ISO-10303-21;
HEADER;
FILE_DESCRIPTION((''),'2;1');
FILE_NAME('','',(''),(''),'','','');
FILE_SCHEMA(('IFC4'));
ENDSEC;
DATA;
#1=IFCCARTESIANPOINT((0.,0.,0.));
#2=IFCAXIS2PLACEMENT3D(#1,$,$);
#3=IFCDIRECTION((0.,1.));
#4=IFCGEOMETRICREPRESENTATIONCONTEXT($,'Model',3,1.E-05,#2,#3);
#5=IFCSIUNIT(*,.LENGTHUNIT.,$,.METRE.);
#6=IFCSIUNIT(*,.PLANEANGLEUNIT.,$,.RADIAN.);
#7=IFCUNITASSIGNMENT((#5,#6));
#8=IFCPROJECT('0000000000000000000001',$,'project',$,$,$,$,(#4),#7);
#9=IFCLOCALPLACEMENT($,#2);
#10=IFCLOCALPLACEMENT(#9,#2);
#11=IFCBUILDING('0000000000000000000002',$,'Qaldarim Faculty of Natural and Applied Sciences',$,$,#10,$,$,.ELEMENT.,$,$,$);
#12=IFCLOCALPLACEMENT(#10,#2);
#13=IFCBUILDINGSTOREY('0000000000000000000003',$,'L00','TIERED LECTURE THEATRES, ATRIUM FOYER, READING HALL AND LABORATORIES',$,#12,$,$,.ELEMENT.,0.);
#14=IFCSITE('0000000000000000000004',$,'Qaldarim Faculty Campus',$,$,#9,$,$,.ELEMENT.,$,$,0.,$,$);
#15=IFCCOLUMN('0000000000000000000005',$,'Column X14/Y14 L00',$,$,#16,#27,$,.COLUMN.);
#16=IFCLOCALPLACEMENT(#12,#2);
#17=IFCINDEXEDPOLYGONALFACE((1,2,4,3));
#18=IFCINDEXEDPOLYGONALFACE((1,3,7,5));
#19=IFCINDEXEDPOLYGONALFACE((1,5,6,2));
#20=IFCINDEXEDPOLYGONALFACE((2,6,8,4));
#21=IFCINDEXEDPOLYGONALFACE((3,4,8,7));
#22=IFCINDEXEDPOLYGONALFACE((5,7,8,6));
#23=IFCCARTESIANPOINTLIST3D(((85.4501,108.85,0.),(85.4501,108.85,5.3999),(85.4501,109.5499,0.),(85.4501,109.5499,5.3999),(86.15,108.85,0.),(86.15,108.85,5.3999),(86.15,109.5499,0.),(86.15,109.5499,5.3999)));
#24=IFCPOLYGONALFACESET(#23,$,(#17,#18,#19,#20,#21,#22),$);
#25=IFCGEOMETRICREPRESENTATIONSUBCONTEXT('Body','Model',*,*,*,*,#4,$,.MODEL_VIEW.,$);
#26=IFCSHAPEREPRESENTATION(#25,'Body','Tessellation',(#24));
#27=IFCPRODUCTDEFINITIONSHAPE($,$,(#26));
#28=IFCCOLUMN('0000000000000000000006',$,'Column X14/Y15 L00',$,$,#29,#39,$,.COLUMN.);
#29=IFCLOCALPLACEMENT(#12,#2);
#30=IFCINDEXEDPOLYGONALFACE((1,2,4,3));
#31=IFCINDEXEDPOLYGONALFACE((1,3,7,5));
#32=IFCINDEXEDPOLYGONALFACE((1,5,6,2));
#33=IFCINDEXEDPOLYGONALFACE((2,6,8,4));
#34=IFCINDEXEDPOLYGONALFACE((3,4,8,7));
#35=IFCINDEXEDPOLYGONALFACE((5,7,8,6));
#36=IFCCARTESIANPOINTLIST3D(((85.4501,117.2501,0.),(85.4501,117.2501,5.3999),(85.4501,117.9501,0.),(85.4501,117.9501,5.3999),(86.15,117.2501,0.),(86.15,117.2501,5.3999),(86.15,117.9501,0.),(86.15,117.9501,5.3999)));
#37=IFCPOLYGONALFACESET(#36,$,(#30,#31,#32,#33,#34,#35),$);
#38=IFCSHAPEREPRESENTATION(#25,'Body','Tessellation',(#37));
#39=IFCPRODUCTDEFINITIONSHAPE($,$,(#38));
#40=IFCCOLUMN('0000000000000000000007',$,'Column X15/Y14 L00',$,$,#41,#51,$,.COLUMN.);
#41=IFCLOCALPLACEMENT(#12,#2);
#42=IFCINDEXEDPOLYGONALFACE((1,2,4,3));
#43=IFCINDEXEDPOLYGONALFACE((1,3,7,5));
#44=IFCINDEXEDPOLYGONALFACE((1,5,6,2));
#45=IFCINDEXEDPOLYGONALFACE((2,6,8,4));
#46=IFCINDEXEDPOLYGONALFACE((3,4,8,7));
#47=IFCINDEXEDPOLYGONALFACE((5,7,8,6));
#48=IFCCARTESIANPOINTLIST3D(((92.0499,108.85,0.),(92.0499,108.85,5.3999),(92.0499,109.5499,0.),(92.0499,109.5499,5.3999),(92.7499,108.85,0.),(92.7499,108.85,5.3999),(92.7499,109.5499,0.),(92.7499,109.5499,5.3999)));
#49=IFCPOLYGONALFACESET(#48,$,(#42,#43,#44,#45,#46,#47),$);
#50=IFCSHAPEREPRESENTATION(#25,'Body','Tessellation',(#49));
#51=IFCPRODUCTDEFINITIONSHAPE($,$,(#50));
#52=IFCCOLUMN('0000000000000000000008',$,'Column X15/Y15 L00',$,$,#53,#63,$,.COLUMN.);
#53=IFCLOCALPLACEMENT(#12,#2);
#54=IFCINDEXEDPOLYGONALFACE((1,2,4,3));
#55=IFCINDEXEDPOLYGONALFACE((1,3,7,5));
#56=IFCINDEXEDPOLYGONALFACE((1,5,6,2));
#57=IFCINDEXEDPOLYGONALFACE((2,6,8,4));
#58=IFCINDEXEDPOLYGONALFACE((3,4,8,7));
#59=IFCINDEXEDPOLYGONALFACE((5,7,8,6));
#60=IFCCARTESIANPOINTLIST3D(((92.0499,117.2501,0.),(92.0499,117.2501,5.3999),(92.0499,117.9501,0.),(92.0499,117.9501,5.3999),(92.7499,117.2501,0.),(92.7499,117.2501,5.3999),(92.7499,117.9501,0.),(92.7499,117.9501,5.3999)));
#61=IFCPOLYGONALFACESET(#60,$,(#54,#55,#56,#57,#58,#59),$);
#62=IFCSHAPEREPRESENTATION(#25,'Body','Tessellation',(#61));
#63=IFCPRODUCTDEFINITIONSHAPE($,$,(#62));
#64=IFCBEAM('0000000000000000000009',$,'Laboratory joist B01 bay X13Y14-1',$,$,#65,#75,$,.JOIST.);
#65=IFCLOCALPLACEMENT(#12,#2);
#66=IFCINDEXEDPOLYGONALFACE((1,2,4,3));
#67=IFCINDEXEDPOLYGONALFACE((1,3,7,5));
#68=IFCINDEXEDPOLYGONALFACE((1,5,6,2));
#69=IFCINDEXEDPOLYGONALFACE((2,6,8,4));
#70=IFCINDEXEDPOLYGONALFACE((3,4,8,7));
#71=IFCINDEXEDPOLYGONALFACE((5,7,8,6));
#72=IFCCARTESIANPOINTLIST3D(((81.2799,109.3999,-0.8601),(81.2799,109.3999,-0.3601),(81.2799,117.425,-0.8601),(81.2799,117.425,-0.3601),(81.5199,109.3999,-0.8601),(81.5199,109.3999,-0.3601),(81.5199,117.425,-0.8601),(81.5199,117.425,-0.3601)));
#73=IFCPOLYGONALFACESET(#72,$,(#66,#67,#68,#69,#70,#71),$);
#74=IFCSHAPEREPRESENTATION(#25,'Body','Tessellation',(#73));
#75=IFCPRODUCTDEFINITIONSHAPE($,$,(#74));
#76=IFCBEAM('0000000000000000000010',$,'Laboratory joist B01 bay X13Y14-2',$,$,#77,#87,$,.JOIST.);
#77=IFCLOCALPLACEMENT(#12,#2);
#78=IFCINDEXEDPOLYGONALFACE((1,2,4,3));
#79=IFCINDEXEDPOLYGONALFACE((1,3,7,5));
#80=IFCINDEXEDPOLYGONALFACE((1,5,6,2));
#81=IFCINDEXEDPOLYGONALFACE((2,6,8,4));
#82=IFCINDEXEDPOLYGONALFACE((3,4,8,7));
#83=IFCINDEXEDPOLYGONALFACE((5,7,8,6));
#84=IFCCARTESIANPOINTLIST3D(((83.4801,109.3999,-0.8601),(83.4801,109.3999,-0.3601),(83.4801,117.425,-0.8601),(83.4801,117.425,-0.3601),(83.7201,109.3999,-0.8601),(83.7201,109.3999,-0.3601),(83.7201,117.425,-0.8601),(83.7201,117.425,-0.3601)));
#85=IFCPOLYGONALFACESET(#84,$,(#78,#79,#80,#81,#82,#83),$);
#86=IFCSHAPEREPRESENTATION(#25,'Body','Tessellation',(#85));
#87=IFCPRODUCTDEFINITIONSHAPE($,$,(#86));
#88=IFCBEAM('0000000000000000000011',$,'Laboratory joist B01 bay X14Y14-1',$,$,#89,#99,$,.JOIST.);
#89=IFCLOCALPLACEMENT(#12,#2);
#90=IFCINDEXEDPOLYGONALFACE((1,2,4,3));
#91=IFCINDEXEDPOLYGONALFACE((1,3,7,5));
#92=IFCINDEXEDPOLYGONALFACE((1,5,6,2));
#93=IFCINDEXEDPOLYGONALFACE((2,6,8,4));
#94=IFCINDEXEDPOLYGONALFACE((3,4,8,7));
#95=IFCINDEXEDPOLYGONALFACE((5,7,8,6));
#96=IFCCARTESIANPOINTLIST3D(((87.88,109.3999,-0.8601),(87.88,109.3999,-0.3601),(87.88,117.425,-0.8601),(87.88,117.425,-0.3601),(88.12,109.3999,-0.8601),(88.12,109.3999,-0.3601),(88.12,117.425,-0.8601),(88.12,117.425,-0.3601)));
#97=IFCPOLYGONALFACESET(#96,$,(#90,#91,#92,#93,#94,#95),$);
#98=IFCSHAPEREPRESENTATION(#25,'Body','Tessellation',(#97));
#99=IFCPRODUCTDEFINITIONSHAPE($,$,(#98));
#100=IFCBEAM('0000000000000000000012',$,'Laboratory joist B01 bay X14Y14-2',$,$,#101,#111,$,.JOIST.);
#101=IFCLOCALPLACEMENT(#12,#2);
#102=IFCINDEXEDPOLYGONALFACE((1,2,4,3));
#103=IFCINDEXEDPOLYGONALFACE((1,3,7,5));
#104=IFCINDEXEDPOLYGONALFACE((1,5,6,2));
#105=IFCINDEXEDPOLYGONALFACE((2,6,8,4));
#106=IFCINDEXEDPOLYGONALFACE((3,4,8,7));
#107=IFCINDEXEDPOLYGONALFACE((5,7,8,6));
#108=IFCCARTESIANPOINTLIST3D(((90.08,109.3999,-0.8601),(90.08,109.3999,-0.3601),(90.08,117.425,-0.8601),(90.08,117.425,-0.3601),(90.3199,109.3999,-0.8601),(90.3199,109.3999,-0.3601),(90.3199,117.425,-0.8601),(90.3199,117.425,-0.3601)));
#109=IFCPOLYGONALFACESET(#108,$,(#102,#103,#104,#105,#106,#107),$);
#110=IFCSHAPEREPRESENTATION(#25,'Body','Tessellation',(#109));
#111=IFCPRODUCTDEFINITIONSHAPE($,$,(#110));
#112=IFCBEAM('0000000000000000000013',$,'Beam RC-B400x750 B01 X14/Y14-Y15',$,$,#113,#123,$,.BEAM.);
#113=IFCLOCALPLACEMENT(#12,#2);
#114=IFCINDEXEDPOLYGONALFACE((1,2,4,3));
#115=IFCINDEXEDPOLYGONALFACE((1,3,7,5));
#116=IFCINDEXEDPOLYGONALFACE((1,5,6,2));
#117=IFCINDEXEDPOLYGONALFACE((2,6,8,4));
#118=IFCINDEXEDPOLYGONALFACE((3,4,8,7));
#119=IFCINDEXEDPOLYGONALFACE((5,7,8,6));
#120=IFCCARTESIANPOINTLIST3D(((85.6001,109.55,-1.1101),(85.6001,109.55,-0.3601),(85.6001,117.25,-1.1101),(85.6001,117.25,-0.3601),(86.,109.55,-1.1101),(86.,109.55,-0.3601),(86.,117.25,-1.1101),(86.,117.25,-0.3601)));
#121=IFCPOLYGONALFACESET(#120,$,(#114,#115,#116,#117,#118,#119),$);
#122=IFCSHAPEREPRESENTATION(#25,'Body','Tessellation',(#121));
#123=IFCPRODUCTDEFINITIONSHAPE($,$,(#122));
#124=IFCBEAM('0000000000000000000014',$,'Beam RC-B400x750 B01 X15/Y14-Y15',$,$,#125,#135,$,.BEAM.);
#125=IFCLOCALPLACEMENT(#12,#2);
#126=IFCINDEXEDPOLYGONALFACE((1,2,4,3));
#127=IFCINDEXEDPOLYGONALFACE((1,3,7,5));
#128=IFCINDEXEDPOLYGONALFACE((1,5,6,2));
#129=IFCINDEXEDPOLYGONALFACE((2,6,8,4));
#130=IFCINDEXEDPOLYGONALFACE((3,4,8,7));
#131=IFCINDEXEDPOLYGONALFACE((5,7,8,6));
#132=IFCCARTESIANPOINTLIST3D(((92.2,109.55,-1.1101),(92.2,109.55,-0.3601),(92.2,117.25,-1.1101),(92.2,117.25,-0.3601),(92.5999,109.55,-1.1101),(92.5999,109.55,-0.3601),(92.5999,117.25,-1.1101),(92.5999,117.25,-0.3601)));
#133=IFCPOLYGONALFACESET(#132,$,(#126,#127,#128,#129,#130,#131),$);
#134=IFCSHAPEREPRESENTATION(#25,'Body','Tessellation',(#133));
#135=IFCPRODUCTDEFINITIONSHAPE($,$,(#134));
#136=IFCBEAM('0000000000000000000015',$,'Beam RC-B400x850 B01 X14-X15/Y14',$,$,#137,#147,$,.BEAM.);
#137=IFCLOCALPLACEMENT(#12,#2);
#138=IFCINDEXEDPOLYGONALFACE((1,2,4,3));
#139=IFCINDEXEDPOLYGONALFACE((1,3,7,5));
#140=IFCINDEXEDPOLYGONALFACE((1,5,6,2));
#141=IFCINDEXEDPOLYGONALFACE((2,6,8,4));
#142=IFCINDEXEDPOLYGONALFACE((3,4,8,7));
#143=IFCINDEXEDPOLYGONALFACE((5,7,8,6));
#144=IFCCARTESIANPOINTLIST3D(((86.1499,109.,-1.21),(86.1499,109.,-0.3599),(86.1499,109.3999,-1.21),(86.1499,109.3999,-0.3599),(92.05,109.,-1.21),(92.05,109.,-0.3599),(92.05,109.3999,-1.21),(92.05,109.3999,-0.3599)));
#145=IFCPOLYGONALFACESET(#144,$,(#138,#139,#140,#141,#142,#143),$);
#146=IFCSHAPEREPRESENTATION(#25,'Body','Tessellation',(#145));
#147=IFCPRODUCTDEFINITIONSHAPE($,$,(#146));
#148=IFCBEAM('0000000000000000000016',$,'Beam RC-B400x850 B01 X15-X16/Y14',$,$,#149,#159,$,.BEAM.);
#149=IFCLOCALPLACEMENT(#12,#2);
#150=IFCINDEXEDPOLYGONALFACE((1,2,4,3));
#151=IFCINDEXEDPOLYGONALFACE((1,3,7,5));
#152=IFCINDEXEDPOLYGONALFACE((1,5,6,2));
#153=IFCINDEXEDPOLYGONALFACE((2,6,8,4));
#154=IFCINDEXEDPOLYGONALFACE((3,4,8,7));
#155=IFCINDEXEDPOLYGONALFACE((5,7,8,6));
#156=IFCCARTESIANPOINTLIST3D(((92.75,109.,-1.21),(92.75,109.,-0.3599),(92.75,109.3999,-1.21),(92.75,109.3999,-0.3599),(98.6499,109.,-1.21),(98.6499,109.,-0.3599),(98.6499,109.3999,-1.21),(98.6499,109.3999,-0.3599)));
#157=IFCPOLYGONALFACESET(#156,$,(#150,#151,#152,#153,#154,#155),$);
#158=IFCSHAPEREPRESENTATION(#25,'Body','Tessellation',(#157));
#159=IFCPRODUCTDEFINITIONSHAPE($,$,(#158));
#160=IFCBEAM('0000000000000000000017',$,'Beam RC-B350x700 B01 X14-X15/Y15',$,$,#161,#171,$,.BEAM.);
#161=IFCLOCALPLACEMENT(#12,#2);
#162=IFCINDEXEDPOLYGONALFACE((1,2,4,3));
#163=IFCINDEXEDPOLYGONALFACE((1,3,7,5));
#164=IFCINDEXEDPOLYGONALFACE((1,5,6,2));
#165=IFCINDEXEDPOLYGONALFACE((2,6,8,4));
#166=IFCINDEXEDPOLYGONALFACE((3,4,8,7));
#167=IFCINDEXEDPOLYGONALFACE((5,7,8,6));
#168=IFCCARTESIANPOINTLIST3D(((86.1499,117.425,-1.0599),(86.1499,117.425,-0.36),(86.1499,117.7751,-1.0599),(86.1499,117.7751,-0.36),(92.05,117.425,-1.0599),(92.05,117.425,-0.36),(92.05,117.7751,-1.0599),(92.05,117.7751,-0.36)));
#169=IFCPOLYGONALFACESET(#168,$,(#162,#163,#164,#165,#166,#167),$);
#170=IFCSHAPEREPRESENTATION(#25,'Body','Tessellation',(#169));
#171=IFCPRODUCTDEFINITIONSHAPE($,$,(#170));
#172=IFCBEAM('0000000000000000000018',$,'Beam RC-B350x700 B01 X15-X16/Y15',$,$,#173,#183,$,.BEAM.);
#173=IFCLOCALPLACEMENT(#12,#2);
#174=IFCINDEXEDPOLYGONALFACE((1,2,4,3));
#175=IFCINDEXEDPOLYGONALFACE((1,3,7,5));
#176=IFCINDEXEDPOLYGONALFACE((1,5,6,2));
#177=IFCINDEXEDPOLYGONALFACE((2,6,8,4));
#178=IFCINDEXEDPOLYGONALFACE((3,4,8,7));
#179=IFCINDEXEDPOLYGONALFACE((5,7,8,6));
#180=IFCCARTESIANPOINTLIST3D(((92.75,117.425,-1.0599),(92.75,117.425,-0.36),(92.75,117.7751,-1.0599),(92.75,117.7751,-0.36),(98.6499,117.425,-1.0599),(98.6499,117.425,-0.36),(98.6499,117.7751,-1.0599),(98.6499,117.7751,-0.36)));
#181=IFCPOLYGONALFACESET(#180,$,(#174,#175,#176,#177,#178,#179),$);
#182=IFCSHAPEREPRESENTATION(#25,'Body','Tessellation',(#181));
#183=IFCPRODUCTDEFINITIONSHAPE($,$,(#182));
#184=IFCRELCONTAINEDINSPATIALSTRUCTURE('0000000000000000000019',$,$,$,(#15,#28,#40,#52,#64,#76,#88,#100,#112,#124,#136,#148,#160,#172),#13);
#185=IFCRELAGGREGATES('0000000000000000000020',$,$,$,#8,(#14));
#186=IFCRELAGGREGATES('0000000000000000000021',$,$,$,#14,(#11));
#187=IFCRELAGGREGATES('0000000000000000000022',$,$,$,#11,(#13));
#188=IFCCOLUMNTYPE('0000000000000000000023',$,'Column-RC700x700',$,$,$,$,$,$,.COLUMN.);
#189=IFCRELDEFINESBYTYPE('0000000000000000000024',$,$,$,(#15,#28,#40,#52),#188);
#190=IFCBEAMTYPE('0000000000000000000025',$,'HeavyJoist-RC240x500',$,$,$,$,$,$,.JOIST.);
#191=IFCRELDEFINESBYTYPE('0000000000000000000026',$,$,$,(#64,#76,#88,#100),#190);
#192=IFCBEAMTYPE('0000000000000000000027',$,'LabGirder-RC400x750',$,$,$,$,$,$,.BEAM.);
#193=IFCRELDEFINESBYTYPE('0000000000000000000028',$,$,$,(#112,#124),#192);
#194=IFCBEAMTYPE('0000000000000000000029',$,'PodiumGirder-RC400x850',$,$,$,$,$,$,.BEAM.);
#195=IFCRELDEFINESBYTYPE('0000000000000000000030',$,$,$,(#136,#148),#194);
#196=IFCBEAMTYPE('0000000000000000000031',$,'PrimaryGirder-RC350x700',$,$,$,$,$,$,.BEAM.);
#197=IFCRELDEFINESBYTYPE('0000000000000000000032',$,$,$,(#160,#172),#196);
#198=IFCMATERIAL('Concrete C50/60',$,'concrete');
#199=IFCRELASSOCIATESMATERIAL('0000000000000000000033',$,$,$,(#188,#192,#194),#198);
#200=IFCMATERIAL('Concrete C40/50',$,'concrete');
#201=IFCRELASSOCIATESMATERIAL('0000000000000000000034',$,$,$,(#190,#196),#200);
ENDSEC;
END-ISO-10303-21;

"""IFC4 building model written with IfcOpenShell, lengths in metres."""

from ifc_helpers import new_model, si_unit, direction, frame, origin, origin_2d, place, context, subcontext, project, spatial, rectangle, extrude, material, material_profile, profile_set, type_object, element, save


model = new_model("IFC4")

# Units and contexts
model_context = context("Model", 3, precision=1e-05, world=origin(), true_north=direction((0.0, 1.0)))
body_context = subcontext(model_context, "Body", "Model", "MODEL_VIEW")
ifc_project = project(units=[si_unit("LENGTHUNIT", "METRE"), si_unit("PLANEANGLEUNIT", "RADIAN")], contexts=[model_context])

# Site, building, storey
site_placement = place(None, origin())
site = spatial("IfcSite", under=ifc_project, at=site_placement, Name="Qaldarim Faculty Campus", CompositionType="ELEMENT", RefElevation=0.0)
building_placement = place(site_placement, origin())
building = spatial("IfcBuilding", under=site, at=building_placement, Name="Qaldarim Faculty of Natural and Applied Sciences", CompositionType="ELEMENT")
storey_placement = place(building_placement, origin())
storey = spatial("IfcBuildingStorey", under=building, at=storey_placement, Name="L00", Description="TIERED LECTURE THEATRES, ATRIUM FOYER, READING HALL AND LABORATORIES", CompositionType="ELEMENT", Elevation=0.0)

# Columns
ifc_material_1 = material(Name="Concrete C50/60", Category="concrete")
ifc_material_profile_1 = material_profile(ifc_material_1, rectangle(XDim=0.7, YDim=0.7, at=origin_2d()), Name="RC-C700x700")
ifc_profile_set_1 = profile_set([ifc_material_profile_1], Name="Concrete C50/60")
column_type = type_object("IfcColumnType", Name="Column-RC700x700", PredefinedType="COLUMN", material=ifc_profile_set_1)
for number, where, z_axis, x_axis, name in (
    (1, (85.8, 109.2, 0.0), (0.0, 0.0, 1.0), (1.0, 0.0, 0.0), "Column X14/Y14 L00"),
    (2, (85.8, 117.6001, 0.0), (0.0, 0.0, 1.0), (1.0, 0.0, 0.0), "Column X14/Y15 L00"),
    (3, (92.3999, 109.2, 0.0), (0.0, 0.0, 1.0), (1.0, 0.0, 0.0), "Column X15/Y14 L00"),
    (4, (92.3999, 117.6001, 0.0), (0.0, 0.0, 1.0), (1.0, 0.0, 0.0), "Column X15/Y15 L00"),
):
    element("IfcColumn", number, at=place(storey_placement, frame(where, z_axis=z_axis, x_axis=x_axis)), inside=storey, type_object=column_type, Name=name, PredefinedType="COLUMN", context=body_context, shape_type="SweptSolid", body=[
        extrude(rectangle(XDim=0.7, YDim=0.7, at=origin_2d()), origin(), (0.0, 0.0, 1.0), 5.3999),
    ])

# Beams
ifc_material_2 = material(Name="Concrete C40/50", Category="concrete")
ifc_material_profile_2 = material_profile(ifc_material_2, rectangle(XDim=0.24, YDim=0.5, at=origin_2d()), Name="RC-J240x500")
ifc_profile_set_2 = profile_set([ifc_material_profile_2], Name="Concrete C40/50")
beam_type_1 = type_object("IfcBeamType", Name="HeavyJoist-RC240x500", PredefinedType="JOIST", material=ifc_profile_set_2)
for number, where, z_axis, x_axis, name in (
    (5, (81.3999, 109.3999, -0.6101), (0.0, 1.0, 0.0), (-1.0, 0.0, 0.0), "Laboratory joist B01 bay X13Y14-1"),
    (6, (83.6001, 109.3999, -0.6101), (0.0, 1.0, 0.0), (-1.0, 0.0, 0.0), "Laboratory joist B01 bay X13Y14-2"),
    (7, (88.0, 109.3999, -0.6101), (0.0, 1.0, 0.0), (-1.0, 0.0, 0.0), "Laboratory joist B01 bay X14Y14-1"),
    (8, (90.2, 109.3999, -0.6101), (0.0, 1.0, 0.0), (-1.0, 0.0, 0.0), "Laboratory joist B01 bay X14Y14-2"),
):
    element("IfcBeam", number, at=place(storey_placement, frame(where, z_axis=z_axis, x_axis=x_axis)), inside=storey, type_object=beam_type_1, Name=name, PredefinedType="JOIST", context=body_context, shape_type="SweptSolid", body=[
        extrude(rectangle(XDim=0.24, YDim=0.5, at=origin_2d()), origin(), (0.0, 0.0, 1.0), 8.0251),
    ])
ifc_material_profile_3 = material_profile(ifc_material_1, rectangle(XDim=0.3999, YDim=0.75, at=origin_2d()), Name="RC-B400x750")
ifc_profile_set_3 = profile_set([ifc_material_profile_3], Name="Concrete C50/60")
beam_type_2 = type_object("IfcBeamType", Name="LabGirder-RC400x750", PredefinedType="BEAM", material=ifc_profile_set_3)
for number, where, z_axis, x_axis, name in (
    (9, (85.8, 109.55, -0.7351), (0.0, 1.0, 0.0), (-1.0, 0.0, 0.0), "Beam RC-B400x750 B01 X14/Y14-Y15"),
    (10, (92.3999, 109.55, -0.7351), (0.0, 1.0, 0.0), (-1.0, 0.0, 0.0), "Beam RC-B400x750 B01 X15/Y14-Y15"),
):
    element("IfcBeam", number, at=place(storey_placement, frame(where, z_axis=z_axis, x_axis=x_axis)), inside=storey, type_object=beam_type_2, Name=name, PredefinedType="BEAM", context=body_context, shape_type="SweptSolid", body=[
        extrude(rectangle(XDim=0.3999, YDim=0.75, at=origin_2d()), origin(), (0.0, 0.0, 1.0), 7.7),
    ])
ifc_material_profile_4 = material_profile(ifc_material_1, rectangle(XDim=0.3999, YDim=0.8501, at=origin_2d()), Name="RC-B400x850")
ifc_profile_set_4 = profile_set([ifc_material_profile_4], Name="Concrete C50/60")
beam_type_3 = type_object("IfcBeamType", Name="PodiumGirder-RC400x850", PredefinedType="BEAM", material=ifc_profile_set_4)
beam_1_placement = place(storey_placement, frame((86.1499, 109.2, -0.7849), z_axis=(1.0, 0.0, 0.0), x_axis=(0.0, 1.0, 0.0)))
element("IfcBeam", 11, at=beam_1_placement, inside=storey, type_object=beam_type_3, Name="Beam RC-B400x850 B01 X14-X15/Y14", PredefinedType="BEAM", context=body_context, shape_type="SweptSolid", body=[
    extrude(rectangle(XDim=0.3999, YDim=0.8501, at=origin_2d()), origin(), (0.0, 0.0, 1.0), 5.9001),
])
beam_2_placement = place(storey_placement, frame((92.75, 109.2, -0.7849), z_axis=(1.0, 0.0, 0.0), x_axis=(0.0, 1.0, 0.0)))
element("IfcBeam", 12, at=beam_2_placement, inside=storey, type_object=beam_type_3, Name="Beam RC-B400x850 B01 X15-X16/Y14", PredefinedType="BEAM", context=body_context, shape_type="SweptSolid", body=[
    extrude(rectangle(XDim=0.3999, YDim=0.8501, at=origin_2d()), origin(), (0.0, 0.0, 1.0), 5.8999),
])
ifc_material_profile_5 = material_profile(ifc_material_2, rectangle(XDim=0.3501, YDim=0.7, at=origin_2d()), Name="RC-B350x700")
ifc_profile_set_5 = profile_set([ifc_material_profile_5], Name="Concrete C40/50")
beam_type_4 = type_object("IfcBeamType", Name="PrimaryGirder-RC350x700", PredefinedType="BEAM", material=ifc_profile_set_5)
beam_3_placement = place(storey_placement, frame((86.1499, 117.6001, -0.71), z_axis=(1.0, 0.0, 0.0), x_axis=(0.0, 1.0, 0.0)))
element("IfcBeam", 13, at=beam_3_placement, inside=storey, type_object=beam_type_4, Name="Beam RC-B350x700 B01 X14-X15/Y15", PredefinedType="BEAM", context=body_context, shape_type="SweptSolid", body=[
    extrude(rectangle(XDim=0.3501, YDim=0.7, at=origin_2d()), origin(), (0.0, 0.0, 1.0), 5.9001),
])
beam_4_placement = place(storey_placement, frame((92.75, 117.6001, -0.71), z_axis=(1.0, 0.0, 0.0), x_axis=(0.0, 1.0, 0.0)))
element("IfcBeam", 14, at=beam_4_placement, inside=storey, type_object=beam_type_4, Name="Beam RC-B350x700 B01 X15-X16/Y15", PredefinedType="BEAM", context=body_context, shape_type="SweptSolid", body=[
    extrude(rectangle(XDim=0.3501, YDim=0.7, at=origin_2d()), origin(), (0.0, 0.0, 1.0), 5.8999),
])

save(model, "model.ifc")
